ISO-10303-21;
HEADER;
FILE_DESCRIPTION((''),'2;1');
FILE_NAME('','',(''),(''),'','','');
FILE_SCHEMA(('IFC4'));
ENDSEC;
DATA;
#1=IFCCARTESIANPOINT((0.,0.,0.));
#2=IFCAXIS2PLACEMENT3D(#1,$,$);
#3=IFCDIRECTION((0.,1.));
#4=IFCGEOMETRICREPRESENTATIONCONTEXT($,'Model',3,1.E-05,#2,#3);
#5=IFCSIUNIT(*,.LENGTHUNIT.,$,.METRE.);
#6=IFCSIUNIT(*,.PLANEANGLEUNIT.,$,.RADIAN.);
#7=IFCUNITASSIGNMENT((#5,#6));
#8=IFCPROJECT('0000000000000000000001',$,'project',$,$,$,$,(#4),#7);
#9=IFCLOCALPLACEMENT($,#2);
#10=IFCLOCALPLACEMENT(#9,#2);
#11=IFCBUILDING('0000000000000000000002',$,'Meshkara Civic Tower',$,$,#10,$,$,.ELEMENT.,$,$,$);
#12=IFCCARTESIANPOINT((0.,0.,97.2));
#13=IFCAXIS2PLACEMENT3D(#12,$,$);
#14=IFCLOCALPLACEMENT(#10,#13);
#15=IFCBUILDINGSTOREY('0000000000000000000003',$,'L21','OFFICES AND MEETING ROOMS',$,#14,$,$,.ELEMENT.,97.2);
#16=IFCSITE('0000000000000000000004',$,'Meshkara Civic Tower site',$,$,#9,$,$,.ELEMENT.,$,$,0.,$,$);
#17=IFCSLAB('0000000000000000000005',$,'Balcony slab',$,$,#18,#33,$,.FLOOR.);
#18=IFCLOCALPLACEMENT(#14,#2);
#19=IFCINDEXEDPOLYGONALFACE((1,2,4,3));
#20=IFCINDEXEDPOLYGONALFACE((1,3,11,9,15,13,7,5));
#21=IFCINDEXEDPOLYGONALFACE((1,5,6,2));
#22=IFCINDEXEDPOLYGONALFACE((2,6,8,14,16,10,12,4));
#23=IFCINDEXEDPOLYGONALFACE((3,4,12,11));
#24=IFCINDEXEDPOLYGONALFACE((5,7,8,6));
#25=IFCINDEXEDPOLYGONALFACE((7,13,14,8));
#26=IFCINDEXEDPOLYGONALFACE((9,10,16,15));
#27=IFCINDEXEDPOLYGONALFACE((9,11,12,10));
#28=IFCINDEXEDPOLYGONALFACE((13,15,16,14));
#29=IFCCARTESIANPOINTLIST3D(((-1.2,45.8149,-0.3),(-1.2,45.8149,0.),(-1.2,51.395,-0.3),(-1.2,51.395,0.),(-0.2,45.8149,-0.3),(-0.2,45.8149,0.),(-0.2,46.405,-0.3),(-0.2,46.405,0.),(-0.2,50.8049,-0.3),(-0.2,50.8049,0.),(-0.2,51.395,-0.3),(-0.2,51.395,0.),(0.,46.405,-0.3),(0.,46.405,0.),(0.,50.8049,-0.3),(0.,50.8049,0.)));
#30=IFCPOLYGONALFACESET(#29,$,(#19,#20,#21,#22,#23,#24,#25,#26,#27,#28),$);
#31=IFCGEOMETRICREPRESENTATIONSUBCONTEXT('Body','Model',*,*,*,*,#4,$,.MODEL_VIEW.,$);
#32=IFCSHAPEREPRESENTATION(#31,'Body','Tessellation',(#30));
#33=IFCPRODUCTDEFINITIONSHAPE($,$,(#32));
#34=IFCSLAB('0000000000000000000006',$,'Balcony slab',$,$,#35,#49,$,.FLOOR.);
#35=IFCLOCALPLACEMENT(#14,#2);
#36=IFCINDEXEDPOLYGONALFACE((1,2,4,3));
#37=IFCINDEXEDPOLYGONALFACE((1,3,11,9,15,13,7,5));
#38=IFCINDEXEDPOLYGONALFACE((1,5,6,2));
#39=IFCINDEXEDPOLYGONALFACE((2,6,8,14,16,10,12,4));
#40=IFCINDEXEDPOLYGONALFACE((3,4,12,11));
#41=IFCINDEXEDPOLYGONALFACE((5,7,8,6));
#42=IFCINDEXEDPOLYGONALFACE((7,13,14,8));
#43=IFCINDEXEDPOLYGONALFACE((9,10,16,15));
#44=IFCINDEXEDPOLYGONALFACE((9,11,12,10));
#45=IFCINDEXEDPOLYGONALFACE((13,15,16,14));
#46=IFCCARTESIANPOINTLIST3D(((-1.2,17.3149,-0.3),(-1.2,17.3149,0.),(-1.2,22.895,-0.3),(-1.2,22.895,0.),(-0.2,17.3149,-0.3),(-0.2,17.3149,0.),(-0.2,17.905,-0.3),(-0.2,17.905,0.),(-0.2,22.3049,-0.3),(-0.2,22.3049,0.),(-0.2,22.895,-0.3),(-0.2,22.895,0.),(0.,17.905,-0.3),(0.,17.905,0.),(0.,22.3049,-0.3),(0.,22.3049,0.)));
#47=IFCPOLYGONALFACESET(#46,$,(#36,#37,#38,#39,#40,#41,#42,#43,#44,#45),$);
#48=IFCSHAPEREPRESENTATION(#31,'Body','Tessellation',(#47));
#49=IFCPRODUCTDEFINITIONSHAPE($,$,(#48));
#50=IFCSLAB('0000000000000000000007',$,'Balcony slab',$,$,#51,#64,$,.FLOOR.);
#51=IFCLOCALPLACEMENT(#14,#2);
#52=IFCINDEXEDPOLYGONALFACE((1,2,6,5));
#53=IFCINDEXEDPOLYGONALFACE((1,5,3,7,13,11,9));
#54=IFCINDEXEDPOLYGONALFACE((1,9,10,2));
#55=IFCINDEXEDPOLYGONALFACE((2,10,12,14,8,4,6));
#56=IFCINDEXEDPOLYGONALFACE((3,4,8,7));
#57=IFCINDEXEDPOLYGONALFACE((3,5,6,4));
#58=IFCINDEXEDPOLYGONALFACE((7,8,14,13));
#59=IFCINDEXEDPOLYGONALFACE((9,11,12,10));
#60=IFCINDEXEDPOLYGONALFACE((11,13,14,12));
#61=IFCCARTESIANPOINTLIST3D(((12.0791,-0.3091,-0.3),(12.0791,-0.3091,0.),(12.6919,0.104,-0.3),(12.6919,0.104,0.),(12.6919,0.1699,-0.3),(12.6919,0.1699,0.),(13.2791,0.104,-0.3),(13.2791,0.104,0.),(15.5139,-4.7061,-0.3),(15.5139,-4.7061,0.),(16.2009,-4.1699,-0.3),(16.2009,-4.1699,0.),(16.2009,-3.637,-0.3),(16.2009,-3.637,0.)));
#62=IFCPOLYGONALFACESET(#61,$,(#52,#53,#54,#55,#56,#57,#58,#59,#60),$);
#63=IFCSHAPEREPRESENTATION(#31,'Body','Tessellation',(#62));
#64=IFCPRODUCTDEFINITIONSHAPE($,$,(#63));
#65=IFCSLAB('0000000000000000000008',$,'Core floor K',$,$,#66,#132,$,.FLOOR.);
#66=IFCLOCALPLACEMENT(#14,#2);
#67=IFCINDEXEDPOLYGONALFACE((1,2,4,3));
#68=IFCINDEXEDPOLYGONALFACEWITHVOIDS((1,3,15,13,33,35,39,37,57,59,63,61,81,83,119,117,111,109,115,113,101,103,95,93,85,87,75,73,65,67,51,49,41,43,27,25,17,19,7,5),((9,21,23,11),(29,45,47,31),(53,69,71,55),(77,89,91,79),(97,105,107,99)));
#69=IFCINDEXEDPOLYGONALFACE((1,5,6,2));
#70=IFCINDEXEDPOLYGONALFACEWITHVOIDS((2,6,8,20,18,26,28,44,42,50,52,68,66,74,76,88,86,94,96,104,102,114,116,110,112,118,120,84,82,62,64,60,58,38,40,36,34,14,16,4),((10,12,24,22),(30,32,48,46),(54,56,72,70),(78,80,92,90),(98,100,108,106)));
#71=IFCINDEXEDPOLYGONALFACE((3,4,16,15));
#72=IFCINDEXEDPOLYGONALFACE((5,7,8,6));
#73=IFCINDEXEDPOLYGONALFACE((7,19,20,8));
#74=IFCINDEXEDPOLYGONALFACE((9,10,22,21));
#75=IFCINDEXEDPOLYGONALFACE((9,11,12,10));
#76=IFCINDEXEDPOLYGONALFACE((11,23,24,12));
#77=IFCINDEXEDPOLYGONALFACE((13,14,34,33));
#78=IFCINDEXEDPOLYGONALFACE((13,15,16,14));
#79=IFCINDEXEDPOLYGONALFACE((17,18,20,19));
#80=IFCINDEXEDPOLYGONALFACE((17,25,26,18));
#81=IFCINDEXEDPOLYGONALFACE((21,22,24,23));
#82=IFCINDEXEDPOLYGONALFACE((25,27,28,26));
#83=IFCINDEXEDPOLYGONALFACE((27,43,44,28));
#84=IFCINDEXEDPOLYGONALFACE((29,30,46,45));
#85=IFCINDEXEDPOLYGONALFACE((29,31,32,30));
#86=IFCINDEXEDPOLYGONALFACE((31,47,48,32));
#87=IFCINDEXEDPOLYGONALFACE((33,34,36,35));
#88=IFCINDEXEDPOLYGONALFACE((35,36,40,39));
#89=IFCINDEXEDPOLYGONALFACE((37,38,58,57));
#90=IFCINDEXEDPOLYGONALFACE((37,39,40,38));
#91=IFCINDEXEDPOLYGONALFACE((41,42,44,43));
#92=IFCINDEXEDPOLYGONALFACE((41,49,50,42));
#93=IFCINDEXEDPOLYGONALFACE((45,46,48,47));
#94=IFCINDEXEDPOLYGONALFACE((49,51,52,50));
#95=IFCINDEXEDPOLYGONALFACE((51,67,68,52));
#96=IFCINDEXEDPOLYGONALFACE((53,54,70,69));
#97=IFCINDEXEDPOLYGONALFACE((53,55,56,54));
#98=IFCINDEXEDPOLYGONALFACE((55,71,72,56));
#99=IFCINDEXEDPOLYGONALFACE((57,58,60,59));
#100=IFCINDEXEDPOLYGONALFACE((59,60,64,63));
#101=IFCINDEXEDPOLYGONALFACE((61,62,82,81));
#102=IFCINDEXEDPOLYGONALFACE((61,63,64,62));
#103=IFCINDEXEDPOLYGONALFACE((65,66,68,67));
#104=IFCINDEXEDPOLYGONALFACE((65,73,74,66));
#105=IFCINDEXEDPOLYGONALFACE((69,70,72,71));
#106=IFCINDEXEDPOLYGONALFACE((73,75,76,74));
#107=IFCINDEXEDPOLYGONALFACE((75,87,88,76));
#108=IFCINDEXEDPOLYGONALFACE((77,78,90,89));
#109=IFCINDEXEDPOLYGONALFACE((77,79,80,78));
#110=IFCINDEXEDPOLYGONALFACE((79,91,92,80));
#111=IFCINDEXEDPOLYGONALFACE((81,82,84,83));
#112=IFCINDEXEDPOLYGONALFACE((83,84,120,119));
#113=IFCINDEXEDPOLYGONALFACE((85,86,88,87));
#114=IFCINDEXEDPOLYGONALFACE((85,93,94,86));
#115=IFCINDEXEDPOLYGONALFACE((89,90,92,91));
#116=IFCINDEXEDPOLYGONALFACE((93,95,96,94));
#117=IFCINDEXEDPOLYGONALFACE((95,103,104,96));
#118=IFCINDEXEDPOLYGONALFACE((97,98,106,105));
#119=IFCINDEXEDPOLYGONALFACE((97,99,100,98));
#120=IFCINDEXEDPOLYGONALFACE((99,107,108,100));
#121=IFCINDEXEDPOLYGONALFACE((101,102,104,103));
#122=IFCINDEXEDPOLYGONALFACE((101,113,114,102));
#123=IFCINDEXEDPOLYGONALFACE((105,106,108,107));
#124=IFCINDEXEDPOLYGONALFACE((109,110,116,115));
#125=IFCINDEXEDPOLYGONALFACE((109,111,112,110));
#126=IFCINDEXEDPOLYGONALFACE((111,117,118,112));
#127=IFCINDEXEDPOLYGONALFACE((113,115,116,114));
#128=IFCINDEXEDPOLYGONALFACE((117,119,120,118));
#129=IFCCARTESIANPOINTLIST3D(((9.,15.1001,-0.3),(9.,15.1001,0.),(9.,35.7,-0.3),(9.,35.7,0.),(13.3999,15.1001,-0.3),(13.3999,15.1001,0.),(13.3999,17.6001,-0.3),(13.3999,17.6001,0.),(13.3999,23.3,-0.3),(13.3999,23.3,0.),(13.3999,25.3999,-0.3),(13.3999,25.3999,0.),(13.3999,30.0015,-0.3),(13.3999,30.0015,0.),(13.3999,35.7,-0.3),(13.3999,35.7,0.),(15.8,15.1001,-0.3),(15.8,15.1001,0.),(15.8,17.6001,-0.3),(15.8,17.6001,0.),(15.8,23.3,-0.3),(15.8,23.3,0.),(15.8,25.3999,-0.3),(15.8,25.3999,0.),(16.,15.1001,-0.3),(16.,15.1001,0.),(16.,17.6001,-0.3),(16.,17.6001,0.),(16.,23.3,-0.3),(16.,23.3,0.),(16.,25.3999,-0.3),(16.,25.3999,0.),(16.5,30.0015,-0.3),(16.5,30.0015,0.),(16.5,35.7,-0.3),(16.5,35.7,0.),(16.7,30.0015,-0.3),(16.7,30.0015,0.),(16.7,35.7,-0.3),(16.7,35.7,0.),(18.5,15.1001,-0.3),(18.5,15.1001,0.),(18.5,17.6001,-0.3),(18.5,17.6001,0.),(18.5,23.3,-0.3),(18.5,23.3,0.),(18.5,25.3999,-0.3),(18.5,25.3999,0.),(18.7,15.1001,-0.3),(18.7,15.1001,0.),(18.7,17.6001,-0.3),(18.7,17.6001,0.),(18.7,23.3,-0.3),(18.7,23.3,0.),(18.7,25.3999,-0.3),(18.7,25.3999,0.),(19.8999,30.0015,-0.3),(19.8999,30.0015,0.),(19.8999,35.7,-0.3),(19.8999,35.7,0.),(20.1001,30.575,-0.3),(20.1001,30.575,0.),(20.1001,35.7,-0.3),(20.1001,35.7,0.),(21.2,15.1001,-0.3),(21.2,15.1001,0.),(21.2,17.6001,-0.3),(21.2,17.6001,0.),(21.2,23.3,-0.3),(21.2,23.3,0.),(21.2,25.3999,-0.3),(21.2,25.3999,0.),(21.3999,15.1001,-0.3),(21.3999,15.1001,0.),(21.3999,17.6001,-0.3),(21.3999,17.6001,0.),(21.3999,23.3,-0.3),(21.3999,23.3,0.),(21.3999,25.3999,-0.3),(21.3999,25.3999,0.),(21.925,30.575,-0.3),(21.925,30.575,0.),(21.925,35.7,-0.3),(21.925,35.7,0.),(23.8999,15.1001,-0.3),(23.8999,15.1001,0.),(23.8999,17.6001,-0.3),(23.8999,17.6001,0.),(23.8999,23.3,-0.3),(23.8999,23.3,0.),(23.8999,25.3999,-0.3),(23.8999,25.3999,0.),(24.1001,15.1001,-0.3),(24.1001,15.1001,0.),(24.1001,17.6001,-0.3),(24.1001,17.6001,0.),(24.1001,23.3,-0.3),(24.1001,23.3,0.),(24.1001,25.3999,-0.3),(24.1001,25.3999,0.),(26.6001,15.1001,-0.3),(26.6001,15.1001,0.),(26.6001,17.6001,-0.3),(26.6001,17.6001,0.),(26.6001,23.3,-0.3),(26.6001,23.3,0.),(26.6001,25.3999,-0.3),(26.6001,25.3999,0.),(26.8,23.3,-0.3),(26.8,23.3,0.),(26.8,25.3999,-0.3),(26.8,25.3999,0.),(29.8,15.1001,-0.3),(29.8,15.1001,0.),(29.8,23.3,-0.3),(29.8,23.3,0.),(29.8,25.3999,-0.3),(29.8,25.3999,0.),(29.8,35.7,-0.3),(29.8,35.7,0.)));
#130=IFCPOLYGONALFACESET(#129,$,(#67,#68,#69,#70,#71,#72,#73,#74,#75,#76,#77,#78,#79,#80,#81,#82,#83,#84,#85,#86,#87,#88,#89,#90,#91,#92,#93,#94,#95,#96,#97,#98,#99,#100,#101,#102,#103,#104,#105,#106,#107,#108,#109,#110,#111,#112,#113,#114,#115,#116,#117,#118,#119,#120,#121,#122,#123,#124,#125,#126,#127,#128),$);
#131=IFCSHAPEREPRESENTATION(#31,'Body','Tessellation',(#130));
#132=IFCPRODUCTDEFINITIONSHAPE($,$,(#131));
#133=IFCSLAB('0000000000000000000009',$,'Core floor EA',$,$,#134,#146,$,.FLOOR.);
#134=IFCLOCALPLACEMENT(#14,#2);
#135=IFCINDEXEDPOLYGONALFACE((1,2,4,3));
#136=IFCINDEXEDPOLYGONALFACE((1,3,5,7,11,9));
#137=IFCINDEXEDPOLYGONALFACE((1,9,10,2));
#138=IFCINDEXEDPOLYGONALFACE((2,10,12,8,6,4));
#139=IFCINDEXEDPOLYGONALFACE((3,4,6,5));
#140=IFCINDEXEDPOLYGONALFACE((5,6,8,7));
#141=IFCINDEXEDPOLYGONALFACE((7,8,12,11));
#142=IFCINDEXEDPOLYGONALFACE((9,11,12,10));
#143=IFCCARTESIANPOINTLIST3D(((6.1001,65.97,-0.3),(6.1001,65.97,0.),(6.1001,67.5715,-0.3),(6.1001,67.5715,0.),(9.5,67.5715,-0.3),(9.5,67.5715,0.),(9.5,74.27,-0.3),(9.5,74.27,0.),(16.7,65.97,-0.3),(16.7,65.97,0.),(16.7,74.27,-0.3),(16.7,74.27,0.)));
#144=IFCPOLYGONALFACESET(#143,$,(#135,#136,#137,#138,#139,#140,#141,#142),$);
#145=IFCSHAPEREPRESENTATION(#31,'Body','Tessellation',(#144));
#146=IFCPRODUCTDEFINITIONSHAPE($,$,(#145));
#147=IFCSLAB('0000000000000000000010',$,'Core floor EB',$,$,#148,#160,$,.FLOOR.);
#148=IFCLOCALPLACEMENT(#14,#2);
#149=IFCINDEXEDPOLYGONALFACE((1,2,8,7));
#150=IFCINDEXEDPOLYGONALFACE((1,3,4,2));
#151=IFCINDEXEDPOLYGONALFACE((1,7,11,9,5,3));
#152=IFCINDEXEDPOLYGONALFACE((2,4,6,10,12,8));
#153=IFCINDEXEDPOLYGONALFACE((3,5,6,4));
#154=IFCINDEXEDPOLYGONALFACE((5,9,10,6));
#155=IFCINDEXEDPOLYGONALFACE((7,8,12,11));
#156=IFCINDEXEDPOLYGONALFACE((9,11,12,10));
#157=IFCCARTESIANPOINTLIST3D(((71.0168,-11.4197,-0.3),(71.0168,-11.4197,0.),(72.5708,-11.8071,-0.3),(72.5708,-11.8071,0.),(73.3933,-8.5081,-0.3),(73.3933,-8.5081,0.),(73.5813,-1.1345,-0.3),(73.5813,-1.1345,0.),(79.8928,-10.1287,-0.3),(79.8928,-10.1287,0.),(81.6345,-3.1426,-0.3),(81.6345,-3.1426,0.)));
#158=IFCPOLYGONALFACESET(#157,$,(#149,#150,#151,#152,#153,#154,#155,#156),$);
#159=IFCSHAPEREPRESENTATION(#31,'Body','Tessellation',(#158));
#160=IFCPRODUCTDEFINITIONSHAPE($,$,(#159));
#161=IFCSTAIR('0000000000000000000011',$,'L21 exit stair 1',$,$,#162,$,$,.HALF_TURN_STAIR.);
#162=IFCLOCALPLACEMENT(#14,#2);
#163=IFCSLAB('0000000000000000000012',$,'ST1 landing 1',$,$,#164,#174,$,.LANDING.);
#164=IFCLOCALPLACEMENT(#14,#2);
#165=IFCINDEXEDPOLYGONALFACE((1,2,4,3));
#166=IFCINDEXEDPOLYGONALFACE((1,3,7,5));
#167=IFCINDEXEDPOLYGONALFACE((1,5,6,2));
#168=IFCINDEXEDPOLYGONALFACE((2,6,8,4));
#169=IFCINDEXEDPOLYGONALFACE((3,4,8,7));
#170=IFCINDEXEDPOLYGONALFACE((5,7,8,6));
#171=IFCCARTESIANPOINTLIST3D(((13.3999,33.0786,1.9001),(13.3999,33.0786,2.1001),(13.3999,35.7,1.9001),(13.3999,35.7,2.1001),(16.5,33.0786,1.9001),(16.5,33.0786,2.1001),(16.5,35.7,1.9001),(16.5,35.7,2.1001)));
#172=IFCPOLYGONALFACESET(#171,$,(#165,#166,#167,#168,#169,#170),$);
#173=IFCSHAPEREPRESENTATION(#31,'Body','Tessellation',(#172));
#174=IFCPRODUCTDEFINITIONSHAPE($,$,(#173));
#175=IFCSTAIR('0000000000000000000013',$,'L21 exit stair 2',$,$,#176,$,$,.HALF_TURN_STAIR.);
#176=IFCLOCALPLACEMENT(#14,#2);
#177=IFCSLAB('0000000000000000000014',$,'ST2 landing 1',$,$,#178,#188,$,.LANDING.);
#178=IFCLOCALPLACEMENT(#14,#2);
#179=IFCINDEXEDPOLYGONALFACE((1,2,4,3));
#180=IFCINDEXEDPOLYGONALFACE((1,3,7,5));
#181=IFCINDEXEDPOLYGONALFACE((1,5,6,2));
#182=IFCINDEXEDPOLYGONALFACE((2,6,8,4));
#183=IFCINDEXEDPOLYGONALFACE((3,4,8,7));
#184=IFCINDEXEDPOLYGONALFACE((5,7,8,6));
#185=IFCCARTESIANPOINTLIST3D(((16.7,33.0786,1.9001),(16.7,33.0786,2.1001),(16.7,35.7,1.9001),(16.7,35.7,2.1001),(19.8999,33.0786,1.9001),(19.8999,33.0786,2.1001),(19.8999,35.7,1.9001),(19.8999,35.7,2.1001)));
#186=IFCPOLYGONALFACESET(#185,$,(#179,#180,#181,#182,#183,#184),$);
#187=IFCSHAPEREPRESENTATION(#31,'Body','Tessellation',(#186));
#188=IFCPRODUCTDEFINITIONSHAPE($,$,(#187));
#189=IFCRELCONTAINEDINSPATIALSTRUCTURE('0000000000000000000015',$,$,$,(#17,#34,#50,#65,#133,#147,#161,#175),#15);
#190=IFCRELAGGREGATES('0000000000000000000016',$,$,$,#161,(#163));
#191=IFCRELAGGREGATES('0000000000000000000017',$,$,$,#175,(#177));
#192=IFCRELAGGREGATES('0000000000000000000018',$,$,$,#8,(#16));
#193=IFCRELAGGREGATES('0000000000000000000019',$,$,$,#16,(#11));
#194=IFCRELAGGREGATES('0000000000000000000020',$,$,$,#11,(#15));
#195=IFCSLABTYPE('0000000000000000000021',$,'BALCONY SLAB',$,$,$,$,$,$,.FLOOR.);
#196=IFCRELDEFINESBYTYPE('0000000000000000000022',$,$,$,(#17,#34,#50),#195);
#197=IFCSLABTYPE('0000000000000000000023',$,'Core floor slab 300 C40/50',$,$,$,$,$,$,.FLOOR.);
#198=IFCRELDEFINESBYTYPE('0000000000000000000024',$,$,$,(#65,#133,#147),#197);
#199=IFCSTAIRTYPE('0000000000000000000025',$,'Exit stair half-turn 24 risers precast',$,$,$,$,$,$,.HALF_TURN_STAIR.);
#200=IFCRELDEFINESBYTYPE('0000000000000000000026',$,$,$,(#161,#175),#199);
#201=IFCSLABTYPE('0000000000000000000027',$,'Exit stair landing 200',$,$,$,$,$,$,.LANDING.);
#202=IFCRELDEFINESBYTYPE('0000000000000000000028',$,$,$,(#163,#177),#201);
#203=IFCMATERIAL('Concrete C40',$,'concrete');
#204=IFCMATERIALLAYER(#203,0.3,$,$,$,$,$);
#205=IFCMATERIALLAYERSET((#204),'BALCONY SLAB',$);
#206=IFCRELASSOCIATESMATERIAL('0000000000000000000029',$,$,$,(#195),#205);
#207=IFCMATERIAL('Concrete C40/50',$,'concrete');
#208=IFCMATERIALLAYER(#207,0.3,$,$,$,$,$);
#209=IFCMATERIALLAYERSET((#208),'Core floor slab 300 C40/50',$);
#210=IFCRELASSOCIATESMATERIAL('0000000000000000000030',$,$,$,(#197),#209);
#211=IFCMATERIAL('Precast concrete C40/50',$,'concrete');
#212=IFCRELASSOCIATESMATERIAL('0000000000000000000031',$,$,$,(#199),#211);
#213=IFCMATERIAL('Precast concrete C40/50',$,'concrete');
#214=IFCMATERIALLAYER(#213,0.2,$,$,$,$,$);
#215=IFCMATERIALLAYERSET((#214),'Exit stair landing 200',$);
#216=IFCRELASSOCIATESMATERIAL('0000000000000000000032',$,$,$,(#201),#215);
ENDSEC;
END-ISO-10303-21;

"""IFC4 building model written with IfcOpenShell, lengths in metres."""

from ifc_helpers import new_model, si_unit, direction, frame, origin, place, context, subcontext, project, spatial, polyline, outline, extrude, material, layer, layer_set, type_object, element, aggregate, save


model = new_model("IFC4")

# Units and contexts
model_context = context("Model", 3, precision=1e-05, world=origin(), true_north=direction((0.0, 1.0)))
body_context = subcontext(model_context, "Body", "Model", "MODEL_VIEW")
ifc_project = project(units=[si_unit("LENGTHUNIT", "METRE"), si_unit("PLANEANGLEUNIT", "RADIAN")], contexts=[model_context])

# Site, building, storey
site_placement = place(None, origin())
site = spatial("IfcSite", under=ifc_project, at=site_placement, Name="Meshkara Civic Tower site", CompositionType="ELEMENT", RefElevation=0.0)
building_placement = place(site_placement, origin())
building = spatial("IfcBuilding", under=site, at=building_placement, Name="Meshkara Civic Tower", CompositionType="ELEMENT")
storey_placement = place(building_placement, frame((0.0, 0.0, 97.2)))
storey = spatial("IfcBuildingStorey", under=building, at=storey_placement, Name="L21", Description="OFFICES AND MEETING ROOMS", CompositionType="ELEMENT", Elevation=97.2)

# Slabs
ifc_material_1 = material(Name="Concrete C40", Category="concrete")
ifc_layer_1 = layer(ifc_material_1, 0.3)
ifc_layer_set_1 = layer_set([ifc_layer_1], Name="BALCONY SLAB")
slab_type_1 = type_object("IfcSlabType", Name="BALCONY SLAB", PredefinedType="FLOOR", material=ifc_layer_set_1)
slab_1_placement = place(storey_placement, frame((0.0, 0.0, -0.3)))
element("IfcSlab", 1, at=slab_1_placement, inside=storey, type_object=slab_type_1, Name="Balcony slab", PredefinedType="FLOOR", context=body_context, shape_type="SweptSolid", body=[
    extrude(outline(polyline([(-1.2, 45.8149), (-1.2, 51.395), (-0.2, 51.395), (-0.2, 50.8049), (0.0, 50.8049), (0.0, 46.405), (-0.2, 46.405), (-0.2, 45.8149), (-1.2, 45.8149)])), origin(), (0.0, 0.0, 1.0), 0.3),
])
slab_2_placement = place(storey_placement, frame((0.0, 0.0, -0.3)))
element("IfcSlab", 2, at=slab_2_placement, inside=storey, type_object=slab_type_1, Name="Balcony slab", PredefinedType="FLOOR", context=body_context, shape_type="SweptSolid", body=[
    extrude(outline(polyline([(-1.2, 17.3149), (-1.2, 22.895), (-0.2, 22.895), (-0.2, 22.3049), (0.0, 22.3049), (0.0, 17.905), (-0.2, 17.905), (-0.2, 17.3149), (-1.2, 17.3149)])), origin(), (0.0, 0.0, 1.0), 0.3),
])
slab_3_placement = place(storey_placement, frame((0.0, 0.0, -0.3)))
element("IfcSlab", 3, at=slab_3_placement, inside=storey, type_object=slab_type_1, Name="Balcony slab", PredefinedType="FLOOR", context=body_context, shape_type="SweptSolid", body=[
    extrude(outline(polyline([(15.5139, -4.7061), (12.0791, -0.3091), (12.6919, 0.1699), (12.6919, 0.104), (13.2791, 0.104), (16.2009, -3.637), (16.2009, -4.1699), (15.5139, -4.7061)])), origin(), (0.0, 0.0, 1.0), 0.3),
])
ifc_material_2 = material(Name="Concrete C40/50", Category="concrete")
ifc_layer_2 = layer(ifc_material_2, 0.3)
ifc_layer_set_2 = layer_set([ifc_layer_2], Name="Core floor slab 300 C40/50")
slab_type_2 = type_object("IfcSlabType", Name="Core floor slab 300 C40/50", PredefinedType="FLOOR", material=ifc_layer_set_2)
slab_4_placement = place(storey_placement, frame((0.0, 0.0, -0.3)))
element("IfcSlab", 4, at=slab_4_placement, inside=storey, type_object=slab_type_2, Name="Core floor K", PredefinedType="FLOOR", context=body_context, shape_type="SweptSolid", body=[
    extrude(outline(polyline([(9.0, 35.7), (13.3999, 35.7), (13.3999, 30.0015), (16.5, 30.0015), (16.5, 35.7), (16.7, 35.7), (16.7, 30.0015), (19.8999, 30.0015), (19.8999, 35.7), (20.1001, 35.7), (20.1001, 30.575), (21.925, 30.575), (21.925, 35.7), (29.8, 35.7), (29.8, 25.3999), (26.8, 25.3999), (26.8, 23.3), (29.8, 23.3), (29.8, 15.1001), (26.6001, 15.1001), (26.6001, 17.6001), (24.1001, 17.6001), (24.1001, 15.1001), (23.8999, 15.1001), (23.8999, 17.6001), (21.3999, 17.6001), (21.3999, 15.1001), (21.2, 15.1001), (21.2, 17.6001), (18.7, 17.6001), (18.7, 15.1001), (18.5, 15.1001), (18.5, 17.6001), (16.0, 17.6001), (16.0, 15.1001), (15.8, 15.1001), (15.8, 17.6001), (13.3999, 17.6001), (13.3999, 15.1001), (9.0, 15.1001), (9.0, 35.7)]), holes=[polyline([(13.3999, 25.3999), (13.3999, 23.3), (15.8, 23.3), (15.8, 25.3999), (13.3999, 25.3999)]), polyline([(18.5, 23.3), (18.5, 25.3999), (16.0, 25.3999), (16.0, 23.3), (18.5, 23.3)]), polyline([(18.7, 25.3999), (18.7, 23.3), (21.2, 23.3), (21.2, 25.3999), (18.7, 25.3999)]), polyline([(23.8999, 23.3), (23.8999, 25.3999), (21.3999, 25.3999), (21.3999, 23.3), (23.8999, 23.3)]), polyline([(26.6001, 23.3), (26.6001, 25.3999), (24.1001, 25.3999), (24.1001, 23.3), (26.6001, 23.3)])]), origin(), (0.0, 0.0, 1.0), 0.3),
])
slab_5_placement = place(storey_placement, frame((0.0, 0.0, -0.3)))
element("IfcSlab", 5, at=slab_5_placement, inside=storey, type_object=slab_type_2, Name="Core floor EA", PredefinedType="FLOOR", context=body_context, shape_type="SweptSolid", body=[
    extrude(outline(polyline([(16.7, 65.97), (16.7, 74.27), (9.5, 74.27), (9.5, 67.5715), (6.1001, 67.5715), (6.1001, 65.97), (16.7, 65.97)])), origin(), (0.0, 0.0, 1.0), 0.3),
])
slab_6_placement = place(storey_placement, frame((0.0, 0.0, -0.3)))
element("IfcSlab", 6, at=slab_6_placement, inside=storey, type_object=slab_type_2, Name="Core floor EB", PredefinedType="FLOOR", context=body_context, shape_type="SweptSolid", body=[
    extrude(outline(polyline([(73.5813, -1.1345), (81.6345, -3.1426), (79.8928, -10.1287), (73.3933, -8.5081), (72.5708, -11.8071), (71.0168, -11.4197), (73.5813, -1.1345)])), origin(), (0.0, 0.0, 1.0), 0.3),
])

# Stairs, slabs
ifc_material_3 = material(Name="Precast concrete C40/50", Category="concrete")
stair_type_1 = type_object("IfcStairType", Name="Exit stair half-turn 24 risers precast", PredefinedType="HALF_TURN_STAIR", material=ifc_material_3)
stair_1_placement = place(storey_placement, origin())
stair_1 = element("IfcStair", 7, at=stair_1_placement, inside=storey, type_object=stair_type_1, Name="L21 exit stair 1", PredefinedType="HALF_TURN_STAIR")
ifc_material_4 = material(Name="Precast concrete C40/50", Category="concrete")
ifc_layer_3 = layer(ifc_material_4, 0.2)
ifc_layer_set_3 = layer_set([ifc_layer_3], Name="Exit stair landing 200")
slab_type_3 = type_object("IfcSlabType", Name="Exit stair landing 200", PredefinedType="LANDING", material=ifc_layer_set_3)
slab_7_placement = place(storey_placement, frame((0.0, 0.0, 1.9001)))
slab_7 = element("IfcSlab", 8, at=slab_7_placement, type_object=slab_type_3, Name="ST1 landing 1", PredefinedType="LANDING", context=body_context, shape_type="SweptSolid", body=[
    extrude(outline(polyline([(16.5, 33.0786), (16.5, 35.7), (13.3999, 35.7), (13.3999, 33.0786), (16.5, 33.0786)])), origin(), (0.0, 0.0, 1.0), 0.2),
])
aggregate(stair_1, [slab_7])
stair_2_placement = place(storey_placement, origin())
stair_2 = element("IfcStair", 9, at=stair_2_placement, inside=storey, type_object=stair_type_1, Name="L21 exit stair 2", PredefinedType="HALF_TURN_STAIR")
slab_8_placement = place(storey_placement, frame((0.0, 0.0, 1.9001)))
slab_8 = element("IfcSlab", 10, at=slab_8_placement, type_object=slab_type_3, Name="ST2 landing 1", PredefinedType="LANDING", context=body_context, shape_type="SweptSolid", body=[
    extrude(outline(polyline([(19.8999, 33.0786), (19.8999, 35.7), (16.7, 35.7), (16.7, 33.0786), (19.8999, 33.0786)])), origin(), (0.0, 0.0, 1.0), 0.2),
])
aggregate(stair_2, [slab_8])

save(model, "model.ifc")
